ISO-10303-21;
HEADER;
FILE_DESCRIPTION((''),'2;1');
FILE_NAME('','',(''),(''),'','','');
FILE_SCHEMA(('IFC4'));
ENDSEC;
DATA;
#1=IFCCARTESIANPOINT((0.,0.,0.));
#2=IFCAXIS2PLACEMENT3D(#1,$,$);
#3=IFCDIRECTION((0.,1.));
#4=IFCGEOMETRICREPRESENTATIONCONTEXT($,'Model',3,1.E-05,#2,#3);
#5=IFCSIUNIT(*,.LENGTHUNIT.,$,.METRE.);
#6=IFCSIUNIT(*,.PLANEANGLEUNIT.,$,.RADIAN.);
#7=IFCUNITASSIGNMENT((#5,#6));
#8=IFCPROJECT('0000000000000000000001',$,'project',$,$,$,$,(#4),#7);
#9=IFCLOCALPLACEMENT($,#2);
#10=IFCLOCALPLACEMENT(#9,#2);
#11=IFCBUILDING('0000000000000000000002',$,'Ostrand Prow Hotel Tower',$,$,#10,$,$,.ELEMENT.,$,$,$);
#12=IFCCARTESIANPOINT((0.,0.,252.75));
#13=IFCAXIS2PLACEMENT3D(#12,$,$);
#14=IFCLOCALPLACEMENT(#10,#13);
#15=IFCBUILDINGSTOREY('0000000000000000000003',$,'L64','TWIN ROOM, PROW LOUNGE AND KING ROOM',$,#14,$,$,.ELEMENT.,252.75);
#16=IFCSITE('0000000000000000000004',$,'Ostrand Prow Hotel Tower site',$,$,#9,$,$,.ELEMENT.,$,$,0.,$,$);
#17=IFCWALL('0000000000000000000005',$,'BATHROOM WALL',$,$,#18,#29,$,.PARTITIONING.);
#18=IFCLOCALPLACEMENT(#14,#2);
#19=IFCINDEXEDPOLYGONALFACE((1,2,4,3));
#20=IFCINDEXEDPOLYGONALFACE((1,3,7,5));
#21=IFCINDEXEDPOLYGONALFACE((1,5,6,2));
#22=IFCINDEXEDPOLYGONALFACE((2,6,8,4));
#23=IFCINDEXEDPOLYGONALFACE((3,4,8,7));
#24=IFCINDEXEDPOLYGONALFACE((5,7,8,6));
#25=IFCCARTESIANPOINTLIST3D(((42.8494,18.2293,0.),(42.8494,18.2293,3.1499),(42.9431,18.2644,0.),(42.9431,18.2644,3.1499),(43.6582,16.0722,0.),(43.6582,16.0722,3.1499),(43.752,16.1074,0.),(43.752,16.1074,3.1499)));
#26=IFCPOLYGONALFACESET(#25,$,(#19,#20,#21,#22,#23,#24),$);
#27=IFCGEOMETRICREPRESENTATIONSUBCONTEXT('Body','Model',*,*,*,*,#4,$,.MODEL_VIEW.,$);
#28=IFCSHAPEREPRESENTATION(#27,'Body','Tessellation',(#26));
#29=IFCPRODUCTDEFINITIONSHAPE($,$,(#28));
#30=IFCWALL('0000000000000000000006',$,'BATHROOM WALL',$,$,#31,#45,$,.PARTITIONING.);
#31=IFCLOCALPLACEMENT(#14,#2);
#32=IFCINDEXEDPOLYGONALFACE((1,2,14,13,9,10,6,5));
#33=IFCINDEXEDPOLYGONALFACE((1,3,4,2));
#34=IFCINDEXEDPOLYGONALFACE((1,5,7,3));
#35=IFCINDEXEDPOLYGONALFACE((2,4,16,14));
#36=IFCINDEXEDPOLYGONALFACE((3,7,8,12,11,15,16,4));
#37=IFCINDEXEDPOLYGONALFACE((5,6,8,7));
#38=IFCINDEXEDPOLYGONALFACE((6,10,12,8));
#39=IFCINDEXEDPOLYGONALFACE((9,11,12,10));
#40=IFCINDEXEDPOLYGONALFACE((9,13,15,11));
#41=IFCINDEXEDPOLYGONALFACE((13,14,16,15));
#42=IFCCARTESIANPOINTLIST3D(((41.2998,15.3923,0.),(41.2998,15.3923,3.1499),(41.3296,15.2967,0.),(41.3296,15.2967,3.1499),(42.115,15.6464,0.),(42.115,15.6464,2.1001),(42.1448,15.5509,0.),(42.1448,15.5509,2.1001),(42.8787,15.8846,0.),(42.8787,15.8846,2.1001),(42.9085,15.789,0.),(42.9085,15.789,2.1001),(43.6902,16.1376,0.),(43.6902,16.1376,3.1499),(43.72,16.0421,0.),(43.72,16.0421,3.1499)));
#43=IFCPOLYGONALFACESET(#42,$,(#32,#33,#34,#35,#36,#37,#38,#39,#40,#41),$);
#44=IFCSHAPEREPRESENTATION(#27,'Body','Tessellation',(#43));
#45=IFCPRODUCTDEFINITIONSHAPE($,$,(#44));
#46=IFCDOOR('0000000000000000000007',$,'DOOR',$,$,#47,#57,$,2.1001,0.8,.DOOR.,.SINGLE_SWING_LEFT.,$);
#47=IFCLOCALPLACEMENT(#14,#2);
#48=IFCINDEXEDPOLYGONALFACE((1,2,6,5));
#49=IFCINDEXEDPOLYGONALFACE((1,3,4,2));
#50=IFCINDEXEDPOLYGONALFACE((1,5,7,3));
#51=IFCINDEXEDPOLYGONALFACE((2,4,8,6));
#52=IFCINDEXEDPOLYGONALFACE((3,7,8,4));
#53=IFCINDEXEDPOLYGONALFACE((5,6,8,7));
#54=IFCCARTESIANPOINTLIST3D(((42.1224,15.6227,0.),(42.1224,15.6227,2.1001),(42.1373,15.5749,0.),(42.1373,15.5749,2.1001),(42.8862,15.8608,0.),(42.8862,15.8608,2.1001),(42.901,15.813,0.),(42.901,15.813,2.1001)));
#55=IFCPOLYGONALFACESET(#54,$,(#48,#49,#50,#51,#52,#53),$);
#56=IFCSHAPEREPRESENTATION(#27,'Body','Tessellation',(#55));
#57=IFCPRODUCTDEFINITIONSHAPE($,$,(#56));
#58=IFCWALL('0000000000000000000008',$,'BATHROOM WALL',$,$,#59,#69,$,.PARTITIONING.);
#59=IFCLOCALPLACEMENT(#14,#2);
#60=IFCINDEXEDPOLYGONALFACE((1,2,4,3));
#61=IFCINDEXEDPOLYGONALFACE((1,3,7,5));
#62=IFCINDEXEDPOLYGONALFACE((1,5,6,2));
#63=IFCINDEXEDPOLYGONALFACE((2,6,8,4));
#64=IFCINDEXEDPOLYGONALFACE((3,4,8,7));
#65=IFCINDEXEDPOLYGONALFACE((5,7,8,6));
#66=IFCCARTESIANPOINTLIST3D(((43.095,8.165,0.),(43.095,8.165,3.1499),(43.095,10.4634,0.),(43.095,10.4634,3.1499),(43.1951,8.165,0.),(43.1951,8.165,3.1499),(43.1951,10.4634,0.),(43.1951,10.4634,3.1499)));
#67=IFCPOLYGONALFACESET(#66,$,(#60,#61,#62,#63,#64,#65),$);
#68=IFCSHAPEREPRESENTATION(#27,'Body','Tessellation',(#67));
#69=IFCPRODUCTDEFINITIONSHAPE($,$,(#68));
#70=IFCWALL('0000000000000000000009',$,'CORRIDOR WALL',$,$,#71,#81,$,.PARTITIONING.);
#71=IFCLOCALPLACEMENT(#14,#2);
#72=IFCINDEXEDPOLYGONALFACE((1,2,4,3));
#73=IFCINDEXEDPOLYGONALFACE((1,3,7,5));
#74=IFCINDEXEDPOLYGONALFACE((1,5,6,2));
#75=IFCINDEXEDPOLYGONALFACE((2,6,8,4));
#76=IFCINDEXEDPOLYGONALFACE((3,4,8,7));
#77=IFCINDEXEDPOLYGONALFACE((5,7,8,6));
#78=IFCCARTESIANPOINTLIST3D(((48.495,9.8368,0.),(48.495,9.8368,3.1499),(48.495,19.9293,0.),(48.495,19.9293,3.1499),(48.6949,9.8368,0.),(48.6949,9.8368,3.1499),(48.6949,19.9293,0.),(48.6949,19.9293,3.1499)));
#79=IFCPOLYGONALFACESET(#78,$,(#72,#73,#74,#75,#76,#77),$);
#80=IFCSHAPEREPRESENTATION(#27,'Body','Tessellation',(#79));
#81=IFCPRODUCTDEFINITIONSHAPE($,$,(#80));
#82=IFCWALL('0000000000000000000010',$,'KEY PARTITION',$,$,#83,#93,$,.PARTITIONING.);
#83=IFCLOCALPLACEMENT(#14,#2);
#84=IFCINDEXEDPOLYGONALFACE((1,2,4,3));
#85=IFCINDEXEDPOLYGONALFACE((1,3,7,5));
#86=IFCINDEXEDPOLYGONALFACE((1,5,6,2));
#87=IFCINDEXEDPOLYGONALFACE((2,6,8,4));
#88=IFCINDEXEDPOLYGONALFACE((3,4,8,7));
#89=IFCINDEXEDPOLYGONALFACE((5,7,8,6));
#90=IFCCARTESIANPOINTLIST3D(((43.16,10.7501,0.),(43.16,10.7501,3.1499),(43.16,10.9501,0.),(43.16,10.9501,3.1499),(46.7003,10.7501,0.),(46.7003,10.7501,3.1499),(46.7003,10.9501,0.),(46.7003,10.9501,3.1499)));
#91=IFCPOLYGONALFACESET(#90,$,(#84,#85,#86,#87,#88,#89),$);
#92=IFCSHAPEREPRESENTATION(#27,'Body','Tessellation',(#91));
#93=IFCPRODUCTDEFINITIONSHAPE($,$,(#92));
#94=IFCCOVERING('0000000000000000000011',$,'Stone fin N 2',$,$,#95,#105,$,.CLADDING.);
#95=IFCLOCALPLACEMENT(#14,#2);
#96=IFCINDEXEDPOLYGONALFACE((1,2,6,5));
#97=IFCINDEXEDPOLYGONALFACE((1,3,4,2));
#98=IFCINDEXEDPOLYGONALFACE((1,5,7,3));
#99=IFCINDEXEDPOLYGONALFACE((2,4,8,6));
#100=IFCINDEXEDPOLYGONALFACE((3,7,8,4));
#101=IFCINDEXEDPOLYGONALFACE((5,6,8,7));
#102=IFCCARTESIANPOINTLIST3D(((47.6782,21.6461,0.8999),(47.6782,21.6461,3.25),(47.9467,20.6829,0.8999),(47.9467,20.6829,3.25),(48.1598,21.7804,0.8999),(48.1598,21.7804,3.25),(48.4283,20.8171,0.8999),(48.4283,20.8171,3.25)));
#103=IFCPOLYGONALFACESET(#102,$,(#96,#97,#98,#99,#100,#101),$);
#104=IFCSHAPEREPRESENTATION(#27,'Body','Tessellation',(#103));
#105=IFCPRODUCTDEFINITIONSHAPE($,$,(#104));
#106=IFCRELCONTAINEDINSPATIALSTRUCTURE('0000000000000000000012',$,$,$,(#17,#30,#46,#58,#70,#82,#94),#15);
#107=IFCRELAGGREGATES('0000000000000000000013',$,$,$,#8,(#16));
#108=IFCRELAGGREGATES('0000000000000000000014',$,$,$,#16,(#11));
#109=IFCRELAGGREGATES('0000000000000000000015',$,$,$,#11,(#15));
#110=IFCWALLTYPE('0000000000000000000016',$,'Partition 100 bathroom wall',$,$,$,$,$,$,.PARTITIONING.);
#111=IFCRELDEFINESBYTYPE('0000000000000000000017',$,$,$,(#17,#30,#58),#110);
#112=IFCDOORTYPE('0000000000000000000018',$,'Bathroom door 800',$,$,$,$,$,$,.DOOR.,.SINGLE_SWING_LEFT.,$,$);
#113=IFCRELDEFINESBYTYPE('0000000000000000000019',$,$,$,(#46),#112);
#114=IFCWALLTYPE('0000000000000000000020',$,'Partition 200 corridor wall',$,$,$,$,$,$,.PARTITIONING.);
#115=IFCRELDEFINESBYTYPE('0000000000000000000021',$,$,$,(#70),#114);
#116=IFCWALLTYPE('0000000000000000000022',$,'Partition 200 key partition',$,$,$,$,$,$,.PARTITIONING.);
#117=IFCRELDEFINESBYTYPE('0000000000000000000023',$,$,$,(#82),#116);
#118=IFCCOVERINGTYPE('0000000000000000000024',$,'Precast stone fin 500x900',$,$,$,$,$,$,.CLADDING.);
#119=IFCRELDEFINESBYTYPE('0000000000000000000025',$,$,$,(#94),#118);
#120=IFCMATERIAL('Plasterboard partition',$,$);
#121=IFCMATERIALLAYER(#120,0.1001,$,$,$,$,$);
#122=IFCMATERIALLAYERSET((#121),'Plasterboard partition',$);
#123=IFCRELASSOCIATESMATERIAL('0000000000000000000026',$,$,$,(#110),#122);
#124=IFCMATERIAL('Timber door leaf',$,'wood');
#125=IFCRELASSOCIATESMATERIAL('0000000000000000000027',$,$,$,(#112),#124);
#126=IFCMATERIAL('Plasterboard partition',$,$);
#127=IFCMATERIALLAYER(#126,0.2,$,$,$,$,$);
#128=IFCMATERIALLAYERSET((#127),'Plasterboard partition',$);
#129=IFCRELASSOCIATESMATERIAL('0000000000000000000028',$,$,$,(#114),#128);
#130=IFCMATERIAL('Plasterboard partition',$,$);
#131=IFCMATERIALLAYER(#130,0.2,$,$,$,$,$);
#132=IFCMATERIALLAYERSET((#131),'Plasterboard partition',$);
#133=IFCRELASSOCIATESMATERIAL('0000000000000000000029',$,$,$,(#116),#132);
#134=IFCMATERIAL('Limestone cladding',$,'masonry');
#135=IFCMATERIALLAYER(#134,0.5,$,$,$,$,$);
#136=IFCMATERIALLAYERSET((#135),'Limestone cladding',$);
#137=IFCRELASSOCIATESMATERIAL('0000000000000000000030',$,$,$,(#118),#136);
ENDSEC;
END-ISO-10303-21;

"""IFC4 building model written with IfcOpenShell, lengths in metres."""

from ifc_helpers import new_model, si_unit, direction, frame, frame_2d, origin, place, context, subcontext, project, spatial, rectangle, extrude, material, layer, layer_set, type_object, element, fill, save


model = new_model("IFC4")

# Units and contexts
model_context = context("Model", 3, precision=1e-05, world=origin(), true_north=direction((0.0, 1.0)))
body_context = subcontext(model_context, "Body", "Model", "MODEL_VIEW")
ifc_project = project(units=[si_unit("LENGTHUNIT", "METRE"), si_unit("PLANEANGLEUNIT", "RADIAN")], contexts=[model_context])

# Site, building, storey
site_placement = place(None, origin())
site = spatial("IfcSite", under=ifc_project, at=site_placement, Name="Ostrand Prow Hotel Tower site", CompositionType="ELEMENT", RefElevation=0.0)
building_placement = place(site_placement, origin())
building = spatial("IfcBuilding", under=site, at=building_placement, Name="Ostrand Prow Hotel Tower", CompositionType="ELEMENT")
storey_placement = place(building_placement, frame((0.0, 0.0, 252.75)))
storey = spatial("IfcBuildingStorey", under=building, at=storey_placement, Name="L64", Description="TWIN ROOM, PROW LOUNGE AND KING ROOM", CompositionType="ELEMENT", Elevation=252.75)

# Wall
ifc_material_1 = material(Name="Plasterboard partition")
ifc_layer_1 = layer(ifc_material_1, 0.1001)
ifc_layer_set_1 = layer_set([ifc_layer_1], Name="Plasterboard partition")
wall_type_1 = type_object("IfcWallType", Name="Partition 100 bathroom wall", PredefinedType="PARTITIONING", material=ifc_layer_set_1)
wall_1_placement = place(storey_placement, frame((42.8962, 18.2468, 0.0), z_axis=(0.0, 0.0, 1.0), x_axis=(0.351112, -0.936334, 0.0)))
element("IfcWall", 1, at=wall_1_placement, inside=storey, type_object=wall_type_1, Name="BATHROOM WALL", PredefinedType="PARTITIONING", context=body_context, shape_type="SweptSolid", body=[
    extrude(rectangle(XDim=2.3037, YDim=0.1001, at=frame_2d((1.1519, 0.0))), origin(), (0.0, 0.0, 1.0), 3.1499),
])

# Wall, opening, door
wall_2_placement = place(storey_placement, frame((43.7051, 16.0898, 0.0), z_axis=(0.0, 0.0, 1.0), x_axis=(-0.954665, -0.297681, 0.0)))
wall_2 = element("IfcWall", 2, at=wall_2_placement, inside=storey, type_object=wall_type_1, Name="BATHROOM WALL", PredefinedType="PARTITIONING", context=body_context, shape_type="SweptSolid", body=[
    extrude(rectangle(XDim=2.5039, YDim=0.1001, at=frame_2d((1.252, 0.0))), origin(), (0.0, 0.0, 1.0), 3.1499),
])
opening_placement = place(wall_2_placement, frame((0.8501, 0.0, 0.0)))
opening = element("IfcOpeningElement", 3, at=opening_placement, cuts=wall_2, PredefinedType="OPENING", context=body_context, shape_type="SweptSolid", body=[
    extrude(rectangle(XDim=0.8, YDim=2.1001, at=frame_2d((0.3999, 1.05))), frame((0.0, 0.0601, 0.0), z_axis=(0.0, -1.0, 0.0), x_axis=(1.0, 0.0, 0.0)), (0.0, 0.0, 1.0), 0.1201),
])
ifc_material_2 = material(Name="Timber door leaf", Category="wood")
door_type = type_object("IfcDoorType", Name="Bathroom door 800", OperationType="SINGLE_SWING_LEFT", PredefinedType="DOOR", material=ifc_material_2)
door_placement = place(opening_placement, origin())
door = element("IfcDoor", 4, at=door_placement, inside=storey, type_object=door_type, Name="DOOR", OperationType="SINGLE_SWING_LEFT", OverallHeight=2.1001, OverallWidth=0.8, PredefinedType="DOOR", context=body_context, shape_type="SweptSolid", body=[
    extrude(rectangle(XDim=0.8, YDim=2.1001, at=frame_2d((0.3999, 1.05))), frame((0.0, 0.0249, 0.0), z_axis=(0.0, -1.0, 0.0), x_axis=(1.0, 0.0, 0.0)), (0.0, 0.0, 1.0), 0.05),
])
fill(opening, door)

# Walls
wall_3_placement = place(storey_placement, frame((43.145, 10.4634, 0.0), z_axis=(0.0, 0.0, 1.0), x_axis=(0.0, -1.0, 0.0)))
element("IfcWall", 5, at=wall_3_placement, inside=storey, type_object=wall_type_1, Name="BATHROOM WALL", PredefinedType="PARTITIONING", context=body_context, shape_type="SweptSolid", body=[
    extrude(rectangle(XDim=2.2983, YDim=0.1001, at=frame_2d((1.1492, 0.0))), origin(), (0.0, 0.0, 1.0), 3.1499),
])
ifc_material_3 = material(Name="Plasterboard partition")
ifc_layer_2 = layer(ifc_material_3, 0.2)
ifc_layer_set_2 = layer_set([ifc_layer_2], Name="Plasterboard partition")
wall_type_2 = type_object("IfcWallType", Name="Partition 200 corridor wall", PredefinedType="PARTITIONING", material=ifc_layer_set_2)
wall_4_placement = place(storey_placement, frame((48.595, 19.9294, 0.0), z_axis=(0.0, 0.0, 1.0), x_axis=(0.0, -1.0, 0.0)))
element("IfcWall", 6, at=wall_4_placement, inside=storey, type_object=wall_type_2, Name="CORRIDOR WALL", PredefinedType="PARTITIONING", context=body_context, shape_type="SweptSolid", body=[
    extrude(rectangle(XDim=10.0925, YDim=0.2, at=frame_2d((5.0464, 0.0))), origin(), (0.0, 0.0, 1.0), 3.1499),
])
ifc_material_4 = material(Name="Plasterboard partition")
ifc_layer_3 = layer(ifc_material_4, 0.2)
ifc_layer_set_3 = layer_set([ifc_layer_3], Name="Plasterboard partition")
wall_type_3 = type_object("IfcWallType", Name="Partition 200 key partition", PredefinedType="PARTITIONING", material=ifc_layer_set_3)
wall_5_placement = place(storey_placement, frame((43.1602, 10.8501, 0.0), z_axis=(0.0, 0.0, 1.0), x_axis=(1.0, 0.0, 0.0)))
element("IfcWall", 7, at=wall_5_placement, inside=storey, type_object=wall_type_3, Name="KEY PARTITION", PredefinedType="PARTITIONING", context=body_context, shape_type="SweptSolid", body=[
    extrude(rectangle(XDim=3.5403, YDim=0.2, at=frame_2d((1.77, 0.0))), origin(), (0.0, 0.0, 1.0), 3.1499),
])

# Covering
ifc_material_5 = material(Name="Limestone cladding", Category="masonry")
ifc_layer_4 = layer(ifc_material_5, 0.5)
ifc_layer_set_4 = layer_set([ifc_layer_4], Name="Limestone cladding")
covering_type = type_object("IfcCoveringType", Name="Precast stone fin 500x900", PredefinedType="CLADDING", material=ifc_layer_set_4)
covering_placement = place(storey_placement, frame((48.1875, 20.75, 0.8999), z_axis=(0.0, 0.0, 1.0), x_axis=(-0.268525, 0.963273, 0.0)))
element("IfcCovering", 8, at=covering_placement, inside=storey, type_object=covering_type, Name="Stone fin N 2", PredefinedType="CLADDING", context=body_context, shape_type="SweptSolid", body=[
    extrude(rectangle(XDim=1.0, YDim=0.5, at=frame_2d((0.5, 0.0))), origin(), (0.0, 0.0, 1.0), 2.3501),
])

save(model, "model.ifc")
